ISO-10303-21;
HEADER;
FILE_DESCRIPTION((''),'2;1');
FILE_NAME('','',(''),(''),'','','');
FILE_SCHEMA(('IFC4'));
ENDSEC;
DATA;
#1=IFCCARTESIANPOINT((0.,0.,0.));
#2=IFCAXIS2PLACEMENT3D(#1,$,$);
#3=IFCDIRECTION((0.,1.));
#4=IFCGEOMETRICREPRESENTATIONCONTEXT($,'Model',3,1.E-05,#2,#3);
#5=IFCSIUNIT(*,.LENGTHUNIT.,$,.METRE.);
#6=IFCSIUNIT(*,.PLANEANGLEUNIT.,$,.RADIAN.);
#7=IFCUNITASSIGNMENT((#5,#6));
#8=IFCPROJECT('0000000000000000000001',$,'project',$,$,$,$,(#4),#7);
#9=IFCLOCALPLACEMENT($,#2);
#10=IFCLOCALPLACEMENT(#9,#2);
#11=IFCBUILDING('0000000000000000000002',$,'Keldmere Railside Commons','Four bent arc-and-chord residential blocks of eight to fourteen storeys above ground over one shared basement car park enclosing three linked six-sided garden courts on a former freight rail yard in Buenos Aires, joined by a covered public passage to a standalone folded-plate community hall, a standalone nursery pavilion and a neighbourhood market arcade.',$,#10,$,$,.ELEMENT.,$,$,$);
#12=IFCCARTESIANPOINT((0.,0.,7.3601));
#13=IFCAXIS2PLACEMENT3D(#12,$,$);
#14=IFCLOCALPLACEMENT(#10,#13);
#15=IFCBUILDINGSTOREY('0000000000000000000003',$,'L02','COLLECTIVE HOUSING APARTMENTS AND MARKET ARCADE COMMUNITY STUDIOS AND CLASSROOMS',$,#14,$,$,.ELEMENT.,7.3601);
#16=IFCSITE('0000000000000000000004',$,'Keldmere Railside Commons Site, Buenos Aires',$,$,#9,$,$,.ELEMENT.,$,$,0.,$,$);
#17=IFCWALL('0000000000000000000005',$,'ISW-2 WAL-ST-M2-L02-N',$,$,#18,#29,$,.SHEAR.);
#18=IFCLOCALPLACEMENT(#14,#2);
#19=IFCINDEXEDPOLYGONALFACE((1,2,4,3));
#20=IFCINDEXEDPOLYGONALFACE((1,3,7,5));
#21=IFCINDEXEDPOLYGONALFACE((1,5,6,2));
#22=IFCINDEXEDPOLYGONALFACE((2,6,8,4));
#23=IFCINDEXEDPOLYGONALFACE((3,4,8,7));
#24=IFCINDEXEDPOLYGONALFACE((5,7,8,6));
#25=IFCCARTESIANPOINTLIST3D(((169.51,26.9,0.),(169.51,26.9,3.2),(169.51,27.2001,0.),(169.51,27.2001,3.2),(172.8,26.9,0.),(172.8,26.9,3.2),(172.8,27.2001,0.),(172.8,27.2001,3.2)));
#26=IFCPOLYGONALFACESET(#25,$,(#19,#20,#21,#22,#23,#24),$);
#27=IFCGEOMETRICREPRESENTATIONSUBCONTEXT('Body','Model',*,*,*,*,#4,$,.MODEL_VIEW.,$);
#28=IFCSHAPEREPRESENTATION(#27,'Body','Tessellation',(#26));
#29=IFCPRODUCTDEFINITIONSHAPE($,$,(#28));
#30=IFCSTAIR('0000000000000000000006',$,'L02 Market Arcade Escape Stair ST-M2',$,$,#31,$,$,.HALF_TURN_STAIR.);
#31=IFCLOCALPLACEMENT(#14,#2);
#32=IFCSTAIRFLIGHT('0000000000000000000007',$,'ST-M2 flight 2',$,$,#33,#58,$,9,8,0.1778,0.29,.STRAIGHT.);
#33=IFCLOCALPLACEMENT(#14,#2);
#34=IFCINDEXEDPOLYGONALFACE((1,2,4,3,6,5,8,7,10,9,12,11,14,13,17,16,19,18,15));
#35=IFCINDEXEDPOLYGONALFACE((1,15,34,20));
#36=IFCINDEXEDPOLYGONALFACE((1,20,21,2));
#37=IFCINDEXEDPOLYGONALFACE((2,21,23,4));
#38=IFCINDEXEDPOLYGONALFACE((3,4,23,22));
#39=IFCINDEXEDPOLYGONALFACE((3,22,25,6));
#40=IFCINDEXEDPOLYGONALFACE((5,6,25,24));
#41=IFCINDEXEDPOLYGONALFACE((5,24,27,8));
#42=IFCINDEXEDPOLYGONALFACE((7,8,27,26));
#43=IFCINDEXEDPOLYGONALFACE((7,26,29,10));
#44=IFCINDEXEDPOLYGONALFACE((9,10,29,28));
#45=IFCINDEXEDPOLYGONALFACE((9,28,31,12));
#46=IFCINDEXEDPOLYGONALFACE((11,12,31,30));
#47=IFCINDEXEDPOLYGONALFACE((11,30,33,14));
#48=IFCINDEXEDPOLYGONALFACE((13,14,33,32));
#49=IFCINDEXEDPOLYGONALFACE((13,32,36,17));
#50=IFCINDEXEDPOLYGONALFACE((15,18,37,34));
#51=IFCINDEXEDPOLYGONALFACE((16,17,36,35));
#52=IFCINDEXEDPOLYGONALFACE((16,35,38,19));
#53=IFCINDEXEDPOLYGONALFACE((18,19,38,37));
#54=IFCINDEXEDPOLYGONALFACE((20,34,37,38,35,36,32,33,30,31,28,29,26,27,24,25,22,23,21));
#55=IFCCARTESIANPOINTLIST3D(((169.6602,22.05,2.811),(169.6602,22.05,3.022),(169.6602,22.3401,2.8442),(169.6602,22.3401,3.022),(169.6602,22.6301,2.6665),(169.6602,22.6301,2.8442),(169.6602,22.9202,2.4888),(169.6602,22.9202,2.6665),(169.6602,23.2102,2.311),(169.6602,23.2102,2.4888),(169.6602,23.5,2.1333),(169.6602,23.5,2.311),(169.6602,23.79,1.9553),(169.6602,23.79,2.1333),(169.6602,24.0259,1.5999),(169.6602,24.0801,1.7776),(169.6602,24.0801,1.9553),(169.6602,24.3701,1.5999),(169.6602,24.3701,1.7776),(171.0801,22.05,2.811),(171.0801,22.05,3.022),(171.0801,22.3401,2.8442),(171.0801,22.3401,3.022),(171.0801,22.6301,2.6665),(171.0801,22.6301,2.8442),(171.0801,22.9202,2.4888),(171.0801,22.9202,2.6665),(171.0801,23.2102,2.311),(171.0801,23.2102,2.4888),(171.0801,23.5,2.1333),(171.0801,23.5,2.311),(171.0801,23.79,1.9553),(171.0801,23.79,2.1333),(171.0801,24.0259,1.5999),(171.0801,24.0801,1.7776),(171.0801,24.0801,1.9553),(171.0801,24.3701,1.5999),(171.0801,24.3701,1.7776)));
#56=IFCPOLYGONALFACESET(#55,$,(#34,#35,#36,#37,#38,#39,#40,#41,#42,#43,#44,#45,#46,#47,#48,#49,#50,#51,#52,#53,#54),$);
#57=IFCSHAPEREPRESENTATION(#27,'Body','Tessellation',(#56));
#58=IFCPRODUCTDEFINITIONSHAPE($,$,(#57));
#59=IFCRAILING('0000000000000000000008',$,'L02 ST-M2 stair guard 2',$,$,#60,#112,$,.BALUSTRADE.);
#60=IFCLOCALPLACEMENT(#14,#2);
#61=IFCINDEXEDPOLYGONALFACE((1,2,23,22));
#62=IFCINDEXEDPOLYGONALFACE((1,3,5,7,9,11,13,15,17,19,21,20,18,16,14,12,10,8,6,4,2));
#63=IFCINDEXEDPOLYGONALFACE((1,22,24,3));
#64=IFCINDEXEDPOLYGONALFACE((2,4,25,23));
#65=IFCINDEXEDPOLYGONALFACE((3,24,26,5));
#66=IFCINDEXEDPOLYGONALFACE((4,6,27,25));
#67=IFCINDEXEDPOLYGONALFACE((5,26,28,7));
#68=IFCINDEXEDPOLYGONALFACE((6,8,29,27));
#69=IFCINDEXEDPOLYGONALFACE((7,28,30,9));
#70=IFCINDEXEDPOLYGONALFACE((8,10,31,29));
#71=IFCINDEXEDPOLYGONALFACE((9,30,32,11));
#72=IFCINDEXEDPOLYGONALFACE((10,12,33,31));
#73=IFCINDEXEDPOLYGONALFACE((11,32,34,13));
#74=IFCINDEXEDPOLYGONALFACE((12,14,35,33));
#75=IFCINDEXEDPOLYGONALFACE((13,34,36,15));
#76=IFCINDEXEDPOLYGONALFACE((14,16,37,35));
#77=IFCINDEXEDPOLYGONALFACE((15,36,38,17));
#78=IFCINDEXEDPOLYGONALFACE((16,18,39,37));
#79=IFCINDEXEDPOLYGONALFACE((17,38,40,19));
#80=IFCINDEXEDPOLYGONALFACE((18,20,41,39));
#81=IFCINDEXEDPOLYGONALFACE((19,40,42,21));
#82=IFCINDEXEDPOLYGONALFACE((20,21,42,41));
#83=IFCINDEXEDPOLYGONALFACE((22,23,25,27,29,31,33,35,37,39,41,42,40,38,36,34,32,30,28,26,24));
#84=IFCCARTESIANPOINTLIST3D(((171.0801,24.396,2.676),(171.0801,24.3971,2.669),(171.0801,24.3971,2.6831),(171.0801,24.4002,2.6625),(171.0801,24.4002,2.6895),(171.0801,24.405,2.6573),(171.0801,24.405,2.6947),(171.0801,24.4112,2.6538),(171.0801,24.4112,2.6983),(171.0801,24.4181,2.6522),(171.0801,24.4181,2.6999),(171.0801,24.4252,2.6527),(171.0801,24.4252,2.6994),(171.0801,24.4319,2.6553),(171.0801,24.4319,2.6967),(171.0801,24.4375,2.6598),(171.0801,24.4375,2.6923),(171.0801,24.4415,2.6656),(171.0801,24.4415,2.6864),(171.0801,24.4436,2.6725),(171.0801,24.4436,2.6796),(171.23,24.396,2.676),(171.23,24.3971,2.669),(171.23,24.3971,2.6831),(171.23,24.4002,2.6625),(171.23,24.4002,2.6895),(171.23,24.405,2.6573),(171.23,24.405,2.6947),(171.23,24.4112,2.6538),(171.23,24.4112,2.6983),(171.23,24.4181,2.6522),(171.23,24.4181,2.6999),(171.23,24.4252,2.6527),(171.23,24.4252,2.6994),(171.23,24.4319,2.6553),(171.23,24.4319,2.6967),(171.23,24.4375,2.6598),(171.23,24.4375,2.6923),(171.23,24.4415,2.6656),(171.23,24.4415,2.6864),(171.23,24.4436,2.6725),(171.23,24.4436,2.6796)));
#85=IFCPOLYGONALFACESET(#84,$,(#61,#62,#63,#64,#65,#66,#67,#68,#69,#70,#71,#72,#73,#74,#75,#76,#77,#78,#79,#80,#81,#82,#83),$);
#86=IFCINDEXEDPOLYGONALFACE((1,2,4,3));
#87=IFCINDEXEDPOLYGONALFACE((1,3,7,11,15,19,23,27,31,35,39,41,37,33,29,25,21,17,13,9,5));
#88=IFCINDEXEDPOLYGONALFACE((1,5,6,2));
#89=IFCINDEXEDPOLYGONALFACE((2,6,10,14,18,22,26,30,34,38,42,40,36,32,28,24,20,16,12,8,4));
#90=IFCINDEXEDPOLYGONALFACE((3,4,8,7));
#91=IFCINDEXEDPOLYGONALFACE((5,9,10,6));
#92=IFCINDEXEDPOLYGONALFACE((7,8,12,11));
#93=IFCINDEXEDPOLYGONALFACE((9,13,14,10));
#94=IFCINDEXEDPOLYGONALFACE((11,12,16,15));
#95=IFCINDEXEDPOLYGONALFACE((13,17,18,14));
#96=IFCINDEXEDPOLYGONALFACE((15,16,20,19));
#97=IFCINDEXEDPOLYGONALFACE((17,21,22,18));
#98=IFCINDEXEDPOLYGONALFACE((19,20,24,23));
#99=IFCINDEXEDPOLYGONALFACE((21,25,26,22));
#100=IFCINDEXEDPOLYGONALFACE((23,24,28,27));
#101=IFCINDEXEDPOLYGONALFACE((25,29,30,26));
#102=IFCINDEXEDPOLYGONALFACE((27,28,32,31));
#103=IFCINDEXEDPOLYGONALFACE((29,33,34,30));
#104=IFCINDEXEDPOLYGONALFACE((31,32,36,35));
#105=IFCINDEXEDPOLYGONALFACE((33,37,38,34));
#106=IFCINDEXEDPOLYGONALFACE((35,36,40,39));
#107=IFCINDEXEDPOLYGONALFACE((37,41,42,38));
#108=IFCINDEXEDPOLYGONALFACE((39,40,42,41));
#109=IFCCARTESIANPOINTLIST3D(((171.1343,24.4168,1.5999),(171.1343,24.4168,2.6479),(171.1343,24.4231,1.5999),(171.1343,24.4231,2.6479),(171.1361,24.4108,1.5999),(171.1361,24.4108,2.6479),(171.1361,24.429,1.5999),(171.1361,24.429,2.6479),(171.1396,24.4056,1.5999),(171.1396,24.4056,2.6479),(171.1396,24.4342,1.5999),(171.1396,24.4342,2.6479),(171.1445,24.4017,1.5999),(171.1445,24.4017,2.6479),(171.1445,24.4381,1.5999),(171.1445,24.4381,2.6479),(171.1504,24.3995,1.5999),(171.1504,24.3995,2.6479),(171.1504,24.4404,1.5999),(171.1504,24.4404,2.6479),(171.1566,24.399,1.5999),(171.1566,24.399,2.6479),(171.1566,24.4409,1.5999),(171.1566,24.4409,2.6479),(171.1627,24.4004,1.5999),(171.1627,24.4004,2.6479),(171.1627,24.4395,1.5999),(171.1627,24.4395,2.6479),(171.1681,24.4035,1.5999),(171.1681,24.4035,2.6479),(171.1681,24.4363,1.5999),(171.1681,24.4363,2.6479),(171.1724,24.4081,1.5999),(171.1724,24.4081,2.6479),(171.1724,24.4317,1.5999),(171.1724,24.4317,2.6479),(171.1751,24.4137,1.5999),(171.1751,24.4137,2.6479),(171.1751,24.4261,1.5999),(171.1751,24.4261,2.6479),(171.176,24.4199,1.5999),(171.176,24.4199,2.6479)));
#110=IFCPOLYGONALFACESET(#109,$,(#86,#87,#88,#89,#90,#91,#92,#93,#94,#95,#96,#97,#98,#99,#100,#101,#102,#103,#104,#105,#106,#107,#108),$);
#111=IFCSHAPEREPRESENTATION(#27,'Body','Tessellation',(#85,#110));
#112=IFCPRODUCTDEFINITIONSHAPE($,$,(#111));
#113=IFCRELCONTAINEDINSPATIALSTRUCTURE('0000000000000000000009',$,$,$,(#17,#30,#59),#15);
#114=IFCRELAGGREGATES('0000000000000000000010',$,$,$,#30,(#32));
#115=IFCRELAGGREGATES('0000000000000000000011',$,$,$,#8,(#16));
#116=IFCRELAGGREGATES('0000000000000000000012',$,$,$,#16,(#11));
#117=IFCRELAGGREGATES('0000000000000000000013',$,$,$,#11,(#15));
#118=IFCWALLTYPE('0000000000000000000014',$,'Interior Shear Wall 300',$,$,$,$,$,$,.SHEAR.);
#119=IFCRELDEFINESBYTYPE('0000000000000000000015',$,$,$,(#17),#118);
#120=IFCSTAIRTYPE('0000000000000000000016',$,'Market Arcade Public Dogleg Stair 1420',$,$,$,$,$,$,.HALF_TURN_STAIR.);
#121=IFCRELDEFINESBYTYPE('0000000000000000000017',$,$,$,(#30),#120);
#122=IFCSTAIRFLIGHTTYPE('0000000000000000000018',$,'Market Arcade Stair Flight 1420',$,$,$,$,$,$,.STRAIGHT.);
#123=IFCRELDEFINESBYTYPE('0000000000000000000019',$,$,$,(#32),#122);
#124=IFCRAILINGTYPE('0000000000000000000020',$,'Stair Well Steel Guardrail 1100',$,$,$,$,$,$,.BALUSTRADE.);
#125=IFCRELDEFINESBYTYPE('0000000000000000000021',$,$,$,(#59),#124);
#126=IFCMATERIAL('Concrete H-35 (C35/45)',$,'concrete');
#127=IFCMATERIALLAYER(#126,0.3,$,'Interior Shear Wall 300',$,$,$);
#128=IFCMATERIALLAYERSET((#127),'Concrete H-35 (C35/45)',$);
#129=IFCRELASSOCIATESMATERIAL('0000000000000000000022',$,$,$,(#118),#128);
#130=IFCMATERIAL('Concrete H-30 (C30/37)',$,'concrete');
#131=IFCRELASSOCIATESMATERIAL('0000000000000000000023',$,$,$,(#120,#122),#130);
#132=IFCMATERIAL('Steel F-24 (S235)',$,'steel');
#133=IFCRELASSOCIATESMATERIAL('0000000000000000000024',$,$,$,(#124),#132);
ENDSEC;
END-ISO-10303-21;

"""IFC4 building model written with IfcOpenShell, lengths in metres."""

from ifc_helpers import new_model, si_unit, direction, frame, frame_2d, origin, origin_2d, place, context, subcontext, project, spatial, polyline, rectangle, circle, outline, extrude, material, layer, layer_set, type_object, element, aggregate, save


model = new_model("IFC4")

# Units and contexts
model_context = context("Model", 3, precision=1e-05, world=origin(), true_north=direction((0.0, 1.0)))
body_context = subcontext(model_context, "Body", "Model", "MODEL_VIEW")
ifc_project = project(units=[si_unit("LENGTHUNIT", "METRE"), si_unit("PLANEANGLEUNIT", "RADIAN")], contexts=[model_context])

# Site, building, storey
site_placement = place(None, origin())
site = spatial("IfcSite", under=ifc_project, at=site_placement, Name="Keldmere Railside Commons Site, Buenos Aires", CompositionType="ELEMENT", RefElevation=0.0)
building_placement = place(site_placement, origin())
building = spatial("IfcBuilding", under=site, at=building_placement, Name="Keldmere Railside Commons", Description="Four bent arc-and-chord residential blocks of eight to fourteen storeys above ground over one shared basement car park enclosing three linked six-sided garden courts on a former freight rail yard in Buenos Aires, joined by a covered public passage to a standalone folded-plate community hall, a standalone nursery pavilion and a neighbourhood market arcade.", CompositionType="ELEMENT")
storey_placement = place(building_placement, frame((0.0, 0.0, 7.3601)))
storey = spatial("IfcBuildingStorey", under=building, at=storey_placement, Name="L02", Description="COLLECTIVE HOUSING APARTMENTS AND MARKET ARCADE COMMUNITY STUDIOS AND CLASSROOMS", CompositionType="ELEMENT", Elevation=7.3601)

# Shared definitions
ifc_material_1 = material(Name="Concrete H-35 (C35/45)", Category="concrete")

# Shared definitions
ifc_material_2 = material(Name="Concrete H-30 (C30/37)", Category="concrete")

# Shared definitions
ifc_material_3 = material(Name="Steel F-24 (S235)", Category="steel")

# Wall
ifc_layer_1 = layer(ifc_material_1, 0.3, Name="Interior Shear Wall 300")
ifc_layer_set_1 = layer_set([ifc_layer_1], Name="Concrete H-35 (C35/45)")
wall_type_1 = type_object("IfcWallType", Name="Interior Shear Wall 300", PredefinedType="SHEAR", material=ifc_layer_set_1)
wall_1_placement = place(storey_placement, frame((169.51, 27.05, 0.0), z_axis=(0.0, 0.0, 1.0), x_axis=(1.0, 0.0, 0.0)))
element("IfcWall", 1, at=wall_1_placement, inside=storey, type_object=wall_type_1, Name="ISW-2 WAL-ST-M2-L02-N", PredefinedType="SHEAR", context=body_context, shape_type="SweptSolid", body=[
    extrude(rectangle(XDim=3.29, YDim=0.3, at=frame_2d((1.645, 0.0))), origin(), (0.0, 0.0, 1.0), 3.2),
])

# Stair, stair flight
stair_type = type_object("IfcStairType", Name="Market Arcade Public Dogleg Stair 1420", PredefinedType="HALF_TURN_STAIR", material=ifc_material_2)
stair_placement = place(storey_placement, origin())
stair = element("IfcStair", 2, at=stair_placement, inside=storey, type_object=stair_type, Name="L02 Market Arcade Escape Stair ST-M2", PredefinedType="HALF_TURN_STAIR")
stair_flight_type = type_object("IfcStairFlightType", Name="Market Arcade Stair Flight 1420", PredefinedType="STRAIGHT", material=ifc_material_2)
stair_flight_placement = place(storey_placement, frame((170.3701, 24.3701, 1.5999), z_axis=(0.0, 0.0, 1.0), x_axis=(0.0, -1.0, 0.0)))
stair_flight = element("IfcStairFlight", 3, at=stair_flight_placement, type_object=stair_flight_type, Name="ST-M2 flight 2", NumberOfRisers=9, NumberOfTreads=8, PredefinedType="STRAIGHT", RiserHeight=0.1778, TreadLength=0.29, context=body_context, shape_type="SweptSolid", body=[
    extrude(outline(polyline([(0.0, 0.0), (0.0, 0.1777), (0.29, 0.1777), (0.29, 0.3555), (0.5801, 0.3555), (0.5801, 0.5334), (0.8701, 0.5334), (0.8701, 0.7112), (1.1599, 0.7112), (1.1599, 0.8889), (1.45, 0.8889), (1.45, 1.0667), (1.74, 1.0667), (1.74, 1.2444), (2.03, 1.2444), (2.03, 1.4221), (2.3201, 1.4221), (2.3201, 1.6001), (2.3201, 1.2112), (0.3442, 0.0), (0.0, 0.0)])), frame((0.0, 0.71, 0.0), z_axis=(0.0, -1.0, 0.0), x_axis=(1.0, 0.0, 0.0)), (0.0, 0.0, 1.0), 1.4199),
])
aggregate(stair, [stair_flight])

# Railing
railing_type_1 = type_object("IfcRailingType", Name="Stair Well Steel Guardrail 1100", PredefinedType="BALUSTRADE", material=ifc_material_3)
railing_1_placement = place(storey_placement, frame((171.23, 24.4199, 1.5999)))
element("IfcRailing", 4, at=railing_1_placement, inside=storey, type_object=railing_type_1, Name="L02 ST-M2 stair guard 2", PredefinedType="BALUSTRADE", context=body_context, shape_type="SweptSolid", body=[
    extrude(circle(Radius=0.0239, at=origin_2d()), frame((0.0, 0.0, 1.0762), z_axis=(-1.0, 0.0, 0.0), x_axis=(0.0, -1.0, 0.0)), (0.0, 0.0, 1.0), 0.1499),
    extrude(circle(Radius=0.021, at=origin_2d()), frame((-0.075, 0.0, 0.0)), (0.0, 0.0, 1.0), 1.0481),
])

save(model, "model.ifc")
